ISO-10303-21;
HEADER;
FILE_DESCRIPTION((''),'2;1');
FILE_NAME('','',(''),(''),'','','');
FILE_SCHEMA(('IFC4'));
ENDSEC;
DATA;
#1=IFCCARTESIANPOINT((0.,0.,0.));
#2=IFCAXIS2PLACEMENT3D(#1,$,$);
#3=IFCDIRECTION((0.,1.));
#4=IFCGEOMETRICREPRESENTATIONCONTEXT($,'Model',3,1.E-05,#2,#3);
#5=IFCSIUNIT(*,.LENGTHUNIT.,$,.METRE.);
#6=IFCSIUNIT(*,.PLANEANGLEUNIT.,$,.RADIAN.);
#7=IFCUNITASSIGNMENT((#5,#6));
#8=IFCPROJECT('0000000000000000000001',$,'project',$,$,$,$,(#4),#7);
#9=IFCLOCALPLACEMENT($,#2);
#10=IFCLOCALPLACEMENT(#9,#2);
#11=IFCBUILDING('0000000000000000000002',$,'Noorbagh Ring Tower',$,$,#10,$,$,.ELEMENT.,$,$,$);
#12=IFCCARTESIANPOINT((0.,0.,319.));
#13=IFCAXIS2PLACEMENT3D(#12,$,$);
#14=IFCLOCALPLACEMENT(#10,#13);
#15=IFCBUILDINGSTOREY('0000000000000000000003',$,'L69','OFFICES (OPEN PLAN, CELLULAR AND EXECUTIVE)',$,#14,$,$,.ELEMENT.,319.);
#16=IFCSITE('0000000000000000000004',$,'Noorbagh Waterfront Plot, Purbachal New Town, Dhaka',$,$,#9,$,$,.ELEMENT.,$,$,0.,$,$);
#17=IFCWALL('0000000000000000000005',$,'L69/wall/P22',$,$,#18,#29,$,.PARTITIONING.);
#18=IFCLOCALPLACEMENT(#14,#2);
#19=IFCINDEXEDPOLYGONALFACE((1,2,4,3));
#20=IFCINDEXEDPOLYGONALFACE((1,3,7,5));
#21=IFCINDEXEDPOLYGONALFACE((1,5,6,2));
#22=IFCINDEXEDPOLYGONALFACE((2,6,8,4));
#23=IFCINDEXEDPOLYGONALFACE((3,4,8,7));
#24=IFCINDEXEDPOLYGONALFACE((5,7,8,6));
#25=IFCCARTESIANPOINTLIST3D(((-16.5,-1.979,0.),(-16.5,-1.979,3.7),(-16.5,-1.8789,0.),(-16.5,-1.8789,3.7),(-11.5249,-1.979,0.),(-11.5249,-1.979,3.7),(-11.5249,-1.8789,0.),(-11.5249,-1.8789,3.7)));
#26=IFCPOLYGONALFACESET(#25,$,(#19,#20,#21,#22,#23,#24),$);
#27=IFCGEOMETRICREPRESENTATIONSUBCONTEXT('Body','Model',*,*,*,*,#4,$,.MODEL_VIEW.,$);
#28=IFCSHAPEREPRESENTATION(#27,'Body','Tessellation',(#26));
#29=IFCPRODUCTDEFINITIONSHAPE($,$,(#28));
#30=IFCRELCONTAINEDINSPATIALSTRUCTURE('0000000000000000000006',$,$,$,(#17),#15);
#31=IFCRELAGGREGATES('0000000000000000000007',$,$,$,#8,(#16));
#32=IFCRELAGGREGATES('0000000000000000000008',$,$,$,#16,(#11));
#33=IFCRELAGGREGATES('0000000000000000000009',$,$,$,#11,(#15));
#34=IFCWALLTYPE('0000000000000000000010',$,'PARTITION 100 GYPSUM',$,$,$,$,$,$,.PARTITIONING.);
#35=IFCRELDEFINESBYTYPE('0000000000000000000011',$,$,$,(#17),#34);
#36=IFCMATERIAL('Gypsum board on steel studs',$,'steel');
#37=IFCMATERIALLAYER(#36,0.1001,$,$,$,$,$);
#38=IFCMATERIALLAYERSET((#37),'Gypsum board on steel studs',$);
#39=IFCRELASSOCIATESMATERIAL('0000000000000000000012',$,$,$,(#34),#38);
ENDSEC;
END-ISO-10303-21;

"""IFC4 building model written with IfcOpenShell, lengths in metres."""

from ifc_helpers import new_model, si_unit, direction, frame, frame_2d, origin, place, context, subcontext, project, spatial, rectangle, extrude, material, layer, layer_set, type_object, element, save


model = new_model("IFC4")

# Units and contexts
model_context = context("Model", 3, precision=1e-05, world=origin(), true_north=direction((0.0, 1.0)))
body_context = subcontext(model_context, "Body", "Model", "MODEL_VIEW")
ifc_project = project(units=[si_unit("LENGTHUNIT", "METRE"), si_unit("PLANEANGLEUNIT", "RADIAN")], contexts=[model_context])

# Site, building, storey
site_placement = place(None, origin())
site = spatial("IfcSite", under=ifc_project, at=site_placement, Name="Noorbagh Waterfront Plot, Purbachal New Town, Dhaka", CompositionType="ELEMENT", RefElevation=0.0)
building_placement = place(site_placement, origin())
building = spatial("IfcBuilding", under=site, at=building_placement, Name="Noorbagh Ring Tower", CompositionType="ELEMENT")
storey_placement = place(building_placement, frame((0.0, 0.0, 319.0)))
storey = spatial("IfcBuildingStorey", under=building, at=storey_placement, Name="L69", Description="OFFICES (OPEN PLAN, CELLULAR AND EXECUTIVE)", CompositionType="ELEMENT", Elevation=319.0)

# Wall
ifc_material_1 = material(Name="Gypsum board on steel studs", Category="steel")
ifc_layer_1 = layer(ifc_material_1, 0.1001)
ifc_layer_set_1 = layer_set([ifc_layer_1], Name="Gypsum board on steel studs")
wall_type_1 = type_object("IfcWallType", Name="PARTITION 100 GYPSUM", PredefinedType="PARTITIONING", material=ifc_layer_set_1)
wall_1_placement = place(storey_placement, frame((-16.5, -1.929, 0.0), z_axis=(0.0, 0.0, 1.0), x_axis=(1.0, 0.0, 0.0)))
element("IfcWall", 1, at=wall_1_placement, inside=storey, type_object=wall_type_1, Name="L69/wall/P22", PredefinedType="PARTITIONING", context=body_context, shape_type="SweptSolid", body=[
    extrude(rectangle(XDim=4.9751, YDim=0.1001, at=frame_2d((2.4875, 0.0))), origin(), (0.0, 0.0, 1.0), 3.7),
])

save(model, "model.ifc")
